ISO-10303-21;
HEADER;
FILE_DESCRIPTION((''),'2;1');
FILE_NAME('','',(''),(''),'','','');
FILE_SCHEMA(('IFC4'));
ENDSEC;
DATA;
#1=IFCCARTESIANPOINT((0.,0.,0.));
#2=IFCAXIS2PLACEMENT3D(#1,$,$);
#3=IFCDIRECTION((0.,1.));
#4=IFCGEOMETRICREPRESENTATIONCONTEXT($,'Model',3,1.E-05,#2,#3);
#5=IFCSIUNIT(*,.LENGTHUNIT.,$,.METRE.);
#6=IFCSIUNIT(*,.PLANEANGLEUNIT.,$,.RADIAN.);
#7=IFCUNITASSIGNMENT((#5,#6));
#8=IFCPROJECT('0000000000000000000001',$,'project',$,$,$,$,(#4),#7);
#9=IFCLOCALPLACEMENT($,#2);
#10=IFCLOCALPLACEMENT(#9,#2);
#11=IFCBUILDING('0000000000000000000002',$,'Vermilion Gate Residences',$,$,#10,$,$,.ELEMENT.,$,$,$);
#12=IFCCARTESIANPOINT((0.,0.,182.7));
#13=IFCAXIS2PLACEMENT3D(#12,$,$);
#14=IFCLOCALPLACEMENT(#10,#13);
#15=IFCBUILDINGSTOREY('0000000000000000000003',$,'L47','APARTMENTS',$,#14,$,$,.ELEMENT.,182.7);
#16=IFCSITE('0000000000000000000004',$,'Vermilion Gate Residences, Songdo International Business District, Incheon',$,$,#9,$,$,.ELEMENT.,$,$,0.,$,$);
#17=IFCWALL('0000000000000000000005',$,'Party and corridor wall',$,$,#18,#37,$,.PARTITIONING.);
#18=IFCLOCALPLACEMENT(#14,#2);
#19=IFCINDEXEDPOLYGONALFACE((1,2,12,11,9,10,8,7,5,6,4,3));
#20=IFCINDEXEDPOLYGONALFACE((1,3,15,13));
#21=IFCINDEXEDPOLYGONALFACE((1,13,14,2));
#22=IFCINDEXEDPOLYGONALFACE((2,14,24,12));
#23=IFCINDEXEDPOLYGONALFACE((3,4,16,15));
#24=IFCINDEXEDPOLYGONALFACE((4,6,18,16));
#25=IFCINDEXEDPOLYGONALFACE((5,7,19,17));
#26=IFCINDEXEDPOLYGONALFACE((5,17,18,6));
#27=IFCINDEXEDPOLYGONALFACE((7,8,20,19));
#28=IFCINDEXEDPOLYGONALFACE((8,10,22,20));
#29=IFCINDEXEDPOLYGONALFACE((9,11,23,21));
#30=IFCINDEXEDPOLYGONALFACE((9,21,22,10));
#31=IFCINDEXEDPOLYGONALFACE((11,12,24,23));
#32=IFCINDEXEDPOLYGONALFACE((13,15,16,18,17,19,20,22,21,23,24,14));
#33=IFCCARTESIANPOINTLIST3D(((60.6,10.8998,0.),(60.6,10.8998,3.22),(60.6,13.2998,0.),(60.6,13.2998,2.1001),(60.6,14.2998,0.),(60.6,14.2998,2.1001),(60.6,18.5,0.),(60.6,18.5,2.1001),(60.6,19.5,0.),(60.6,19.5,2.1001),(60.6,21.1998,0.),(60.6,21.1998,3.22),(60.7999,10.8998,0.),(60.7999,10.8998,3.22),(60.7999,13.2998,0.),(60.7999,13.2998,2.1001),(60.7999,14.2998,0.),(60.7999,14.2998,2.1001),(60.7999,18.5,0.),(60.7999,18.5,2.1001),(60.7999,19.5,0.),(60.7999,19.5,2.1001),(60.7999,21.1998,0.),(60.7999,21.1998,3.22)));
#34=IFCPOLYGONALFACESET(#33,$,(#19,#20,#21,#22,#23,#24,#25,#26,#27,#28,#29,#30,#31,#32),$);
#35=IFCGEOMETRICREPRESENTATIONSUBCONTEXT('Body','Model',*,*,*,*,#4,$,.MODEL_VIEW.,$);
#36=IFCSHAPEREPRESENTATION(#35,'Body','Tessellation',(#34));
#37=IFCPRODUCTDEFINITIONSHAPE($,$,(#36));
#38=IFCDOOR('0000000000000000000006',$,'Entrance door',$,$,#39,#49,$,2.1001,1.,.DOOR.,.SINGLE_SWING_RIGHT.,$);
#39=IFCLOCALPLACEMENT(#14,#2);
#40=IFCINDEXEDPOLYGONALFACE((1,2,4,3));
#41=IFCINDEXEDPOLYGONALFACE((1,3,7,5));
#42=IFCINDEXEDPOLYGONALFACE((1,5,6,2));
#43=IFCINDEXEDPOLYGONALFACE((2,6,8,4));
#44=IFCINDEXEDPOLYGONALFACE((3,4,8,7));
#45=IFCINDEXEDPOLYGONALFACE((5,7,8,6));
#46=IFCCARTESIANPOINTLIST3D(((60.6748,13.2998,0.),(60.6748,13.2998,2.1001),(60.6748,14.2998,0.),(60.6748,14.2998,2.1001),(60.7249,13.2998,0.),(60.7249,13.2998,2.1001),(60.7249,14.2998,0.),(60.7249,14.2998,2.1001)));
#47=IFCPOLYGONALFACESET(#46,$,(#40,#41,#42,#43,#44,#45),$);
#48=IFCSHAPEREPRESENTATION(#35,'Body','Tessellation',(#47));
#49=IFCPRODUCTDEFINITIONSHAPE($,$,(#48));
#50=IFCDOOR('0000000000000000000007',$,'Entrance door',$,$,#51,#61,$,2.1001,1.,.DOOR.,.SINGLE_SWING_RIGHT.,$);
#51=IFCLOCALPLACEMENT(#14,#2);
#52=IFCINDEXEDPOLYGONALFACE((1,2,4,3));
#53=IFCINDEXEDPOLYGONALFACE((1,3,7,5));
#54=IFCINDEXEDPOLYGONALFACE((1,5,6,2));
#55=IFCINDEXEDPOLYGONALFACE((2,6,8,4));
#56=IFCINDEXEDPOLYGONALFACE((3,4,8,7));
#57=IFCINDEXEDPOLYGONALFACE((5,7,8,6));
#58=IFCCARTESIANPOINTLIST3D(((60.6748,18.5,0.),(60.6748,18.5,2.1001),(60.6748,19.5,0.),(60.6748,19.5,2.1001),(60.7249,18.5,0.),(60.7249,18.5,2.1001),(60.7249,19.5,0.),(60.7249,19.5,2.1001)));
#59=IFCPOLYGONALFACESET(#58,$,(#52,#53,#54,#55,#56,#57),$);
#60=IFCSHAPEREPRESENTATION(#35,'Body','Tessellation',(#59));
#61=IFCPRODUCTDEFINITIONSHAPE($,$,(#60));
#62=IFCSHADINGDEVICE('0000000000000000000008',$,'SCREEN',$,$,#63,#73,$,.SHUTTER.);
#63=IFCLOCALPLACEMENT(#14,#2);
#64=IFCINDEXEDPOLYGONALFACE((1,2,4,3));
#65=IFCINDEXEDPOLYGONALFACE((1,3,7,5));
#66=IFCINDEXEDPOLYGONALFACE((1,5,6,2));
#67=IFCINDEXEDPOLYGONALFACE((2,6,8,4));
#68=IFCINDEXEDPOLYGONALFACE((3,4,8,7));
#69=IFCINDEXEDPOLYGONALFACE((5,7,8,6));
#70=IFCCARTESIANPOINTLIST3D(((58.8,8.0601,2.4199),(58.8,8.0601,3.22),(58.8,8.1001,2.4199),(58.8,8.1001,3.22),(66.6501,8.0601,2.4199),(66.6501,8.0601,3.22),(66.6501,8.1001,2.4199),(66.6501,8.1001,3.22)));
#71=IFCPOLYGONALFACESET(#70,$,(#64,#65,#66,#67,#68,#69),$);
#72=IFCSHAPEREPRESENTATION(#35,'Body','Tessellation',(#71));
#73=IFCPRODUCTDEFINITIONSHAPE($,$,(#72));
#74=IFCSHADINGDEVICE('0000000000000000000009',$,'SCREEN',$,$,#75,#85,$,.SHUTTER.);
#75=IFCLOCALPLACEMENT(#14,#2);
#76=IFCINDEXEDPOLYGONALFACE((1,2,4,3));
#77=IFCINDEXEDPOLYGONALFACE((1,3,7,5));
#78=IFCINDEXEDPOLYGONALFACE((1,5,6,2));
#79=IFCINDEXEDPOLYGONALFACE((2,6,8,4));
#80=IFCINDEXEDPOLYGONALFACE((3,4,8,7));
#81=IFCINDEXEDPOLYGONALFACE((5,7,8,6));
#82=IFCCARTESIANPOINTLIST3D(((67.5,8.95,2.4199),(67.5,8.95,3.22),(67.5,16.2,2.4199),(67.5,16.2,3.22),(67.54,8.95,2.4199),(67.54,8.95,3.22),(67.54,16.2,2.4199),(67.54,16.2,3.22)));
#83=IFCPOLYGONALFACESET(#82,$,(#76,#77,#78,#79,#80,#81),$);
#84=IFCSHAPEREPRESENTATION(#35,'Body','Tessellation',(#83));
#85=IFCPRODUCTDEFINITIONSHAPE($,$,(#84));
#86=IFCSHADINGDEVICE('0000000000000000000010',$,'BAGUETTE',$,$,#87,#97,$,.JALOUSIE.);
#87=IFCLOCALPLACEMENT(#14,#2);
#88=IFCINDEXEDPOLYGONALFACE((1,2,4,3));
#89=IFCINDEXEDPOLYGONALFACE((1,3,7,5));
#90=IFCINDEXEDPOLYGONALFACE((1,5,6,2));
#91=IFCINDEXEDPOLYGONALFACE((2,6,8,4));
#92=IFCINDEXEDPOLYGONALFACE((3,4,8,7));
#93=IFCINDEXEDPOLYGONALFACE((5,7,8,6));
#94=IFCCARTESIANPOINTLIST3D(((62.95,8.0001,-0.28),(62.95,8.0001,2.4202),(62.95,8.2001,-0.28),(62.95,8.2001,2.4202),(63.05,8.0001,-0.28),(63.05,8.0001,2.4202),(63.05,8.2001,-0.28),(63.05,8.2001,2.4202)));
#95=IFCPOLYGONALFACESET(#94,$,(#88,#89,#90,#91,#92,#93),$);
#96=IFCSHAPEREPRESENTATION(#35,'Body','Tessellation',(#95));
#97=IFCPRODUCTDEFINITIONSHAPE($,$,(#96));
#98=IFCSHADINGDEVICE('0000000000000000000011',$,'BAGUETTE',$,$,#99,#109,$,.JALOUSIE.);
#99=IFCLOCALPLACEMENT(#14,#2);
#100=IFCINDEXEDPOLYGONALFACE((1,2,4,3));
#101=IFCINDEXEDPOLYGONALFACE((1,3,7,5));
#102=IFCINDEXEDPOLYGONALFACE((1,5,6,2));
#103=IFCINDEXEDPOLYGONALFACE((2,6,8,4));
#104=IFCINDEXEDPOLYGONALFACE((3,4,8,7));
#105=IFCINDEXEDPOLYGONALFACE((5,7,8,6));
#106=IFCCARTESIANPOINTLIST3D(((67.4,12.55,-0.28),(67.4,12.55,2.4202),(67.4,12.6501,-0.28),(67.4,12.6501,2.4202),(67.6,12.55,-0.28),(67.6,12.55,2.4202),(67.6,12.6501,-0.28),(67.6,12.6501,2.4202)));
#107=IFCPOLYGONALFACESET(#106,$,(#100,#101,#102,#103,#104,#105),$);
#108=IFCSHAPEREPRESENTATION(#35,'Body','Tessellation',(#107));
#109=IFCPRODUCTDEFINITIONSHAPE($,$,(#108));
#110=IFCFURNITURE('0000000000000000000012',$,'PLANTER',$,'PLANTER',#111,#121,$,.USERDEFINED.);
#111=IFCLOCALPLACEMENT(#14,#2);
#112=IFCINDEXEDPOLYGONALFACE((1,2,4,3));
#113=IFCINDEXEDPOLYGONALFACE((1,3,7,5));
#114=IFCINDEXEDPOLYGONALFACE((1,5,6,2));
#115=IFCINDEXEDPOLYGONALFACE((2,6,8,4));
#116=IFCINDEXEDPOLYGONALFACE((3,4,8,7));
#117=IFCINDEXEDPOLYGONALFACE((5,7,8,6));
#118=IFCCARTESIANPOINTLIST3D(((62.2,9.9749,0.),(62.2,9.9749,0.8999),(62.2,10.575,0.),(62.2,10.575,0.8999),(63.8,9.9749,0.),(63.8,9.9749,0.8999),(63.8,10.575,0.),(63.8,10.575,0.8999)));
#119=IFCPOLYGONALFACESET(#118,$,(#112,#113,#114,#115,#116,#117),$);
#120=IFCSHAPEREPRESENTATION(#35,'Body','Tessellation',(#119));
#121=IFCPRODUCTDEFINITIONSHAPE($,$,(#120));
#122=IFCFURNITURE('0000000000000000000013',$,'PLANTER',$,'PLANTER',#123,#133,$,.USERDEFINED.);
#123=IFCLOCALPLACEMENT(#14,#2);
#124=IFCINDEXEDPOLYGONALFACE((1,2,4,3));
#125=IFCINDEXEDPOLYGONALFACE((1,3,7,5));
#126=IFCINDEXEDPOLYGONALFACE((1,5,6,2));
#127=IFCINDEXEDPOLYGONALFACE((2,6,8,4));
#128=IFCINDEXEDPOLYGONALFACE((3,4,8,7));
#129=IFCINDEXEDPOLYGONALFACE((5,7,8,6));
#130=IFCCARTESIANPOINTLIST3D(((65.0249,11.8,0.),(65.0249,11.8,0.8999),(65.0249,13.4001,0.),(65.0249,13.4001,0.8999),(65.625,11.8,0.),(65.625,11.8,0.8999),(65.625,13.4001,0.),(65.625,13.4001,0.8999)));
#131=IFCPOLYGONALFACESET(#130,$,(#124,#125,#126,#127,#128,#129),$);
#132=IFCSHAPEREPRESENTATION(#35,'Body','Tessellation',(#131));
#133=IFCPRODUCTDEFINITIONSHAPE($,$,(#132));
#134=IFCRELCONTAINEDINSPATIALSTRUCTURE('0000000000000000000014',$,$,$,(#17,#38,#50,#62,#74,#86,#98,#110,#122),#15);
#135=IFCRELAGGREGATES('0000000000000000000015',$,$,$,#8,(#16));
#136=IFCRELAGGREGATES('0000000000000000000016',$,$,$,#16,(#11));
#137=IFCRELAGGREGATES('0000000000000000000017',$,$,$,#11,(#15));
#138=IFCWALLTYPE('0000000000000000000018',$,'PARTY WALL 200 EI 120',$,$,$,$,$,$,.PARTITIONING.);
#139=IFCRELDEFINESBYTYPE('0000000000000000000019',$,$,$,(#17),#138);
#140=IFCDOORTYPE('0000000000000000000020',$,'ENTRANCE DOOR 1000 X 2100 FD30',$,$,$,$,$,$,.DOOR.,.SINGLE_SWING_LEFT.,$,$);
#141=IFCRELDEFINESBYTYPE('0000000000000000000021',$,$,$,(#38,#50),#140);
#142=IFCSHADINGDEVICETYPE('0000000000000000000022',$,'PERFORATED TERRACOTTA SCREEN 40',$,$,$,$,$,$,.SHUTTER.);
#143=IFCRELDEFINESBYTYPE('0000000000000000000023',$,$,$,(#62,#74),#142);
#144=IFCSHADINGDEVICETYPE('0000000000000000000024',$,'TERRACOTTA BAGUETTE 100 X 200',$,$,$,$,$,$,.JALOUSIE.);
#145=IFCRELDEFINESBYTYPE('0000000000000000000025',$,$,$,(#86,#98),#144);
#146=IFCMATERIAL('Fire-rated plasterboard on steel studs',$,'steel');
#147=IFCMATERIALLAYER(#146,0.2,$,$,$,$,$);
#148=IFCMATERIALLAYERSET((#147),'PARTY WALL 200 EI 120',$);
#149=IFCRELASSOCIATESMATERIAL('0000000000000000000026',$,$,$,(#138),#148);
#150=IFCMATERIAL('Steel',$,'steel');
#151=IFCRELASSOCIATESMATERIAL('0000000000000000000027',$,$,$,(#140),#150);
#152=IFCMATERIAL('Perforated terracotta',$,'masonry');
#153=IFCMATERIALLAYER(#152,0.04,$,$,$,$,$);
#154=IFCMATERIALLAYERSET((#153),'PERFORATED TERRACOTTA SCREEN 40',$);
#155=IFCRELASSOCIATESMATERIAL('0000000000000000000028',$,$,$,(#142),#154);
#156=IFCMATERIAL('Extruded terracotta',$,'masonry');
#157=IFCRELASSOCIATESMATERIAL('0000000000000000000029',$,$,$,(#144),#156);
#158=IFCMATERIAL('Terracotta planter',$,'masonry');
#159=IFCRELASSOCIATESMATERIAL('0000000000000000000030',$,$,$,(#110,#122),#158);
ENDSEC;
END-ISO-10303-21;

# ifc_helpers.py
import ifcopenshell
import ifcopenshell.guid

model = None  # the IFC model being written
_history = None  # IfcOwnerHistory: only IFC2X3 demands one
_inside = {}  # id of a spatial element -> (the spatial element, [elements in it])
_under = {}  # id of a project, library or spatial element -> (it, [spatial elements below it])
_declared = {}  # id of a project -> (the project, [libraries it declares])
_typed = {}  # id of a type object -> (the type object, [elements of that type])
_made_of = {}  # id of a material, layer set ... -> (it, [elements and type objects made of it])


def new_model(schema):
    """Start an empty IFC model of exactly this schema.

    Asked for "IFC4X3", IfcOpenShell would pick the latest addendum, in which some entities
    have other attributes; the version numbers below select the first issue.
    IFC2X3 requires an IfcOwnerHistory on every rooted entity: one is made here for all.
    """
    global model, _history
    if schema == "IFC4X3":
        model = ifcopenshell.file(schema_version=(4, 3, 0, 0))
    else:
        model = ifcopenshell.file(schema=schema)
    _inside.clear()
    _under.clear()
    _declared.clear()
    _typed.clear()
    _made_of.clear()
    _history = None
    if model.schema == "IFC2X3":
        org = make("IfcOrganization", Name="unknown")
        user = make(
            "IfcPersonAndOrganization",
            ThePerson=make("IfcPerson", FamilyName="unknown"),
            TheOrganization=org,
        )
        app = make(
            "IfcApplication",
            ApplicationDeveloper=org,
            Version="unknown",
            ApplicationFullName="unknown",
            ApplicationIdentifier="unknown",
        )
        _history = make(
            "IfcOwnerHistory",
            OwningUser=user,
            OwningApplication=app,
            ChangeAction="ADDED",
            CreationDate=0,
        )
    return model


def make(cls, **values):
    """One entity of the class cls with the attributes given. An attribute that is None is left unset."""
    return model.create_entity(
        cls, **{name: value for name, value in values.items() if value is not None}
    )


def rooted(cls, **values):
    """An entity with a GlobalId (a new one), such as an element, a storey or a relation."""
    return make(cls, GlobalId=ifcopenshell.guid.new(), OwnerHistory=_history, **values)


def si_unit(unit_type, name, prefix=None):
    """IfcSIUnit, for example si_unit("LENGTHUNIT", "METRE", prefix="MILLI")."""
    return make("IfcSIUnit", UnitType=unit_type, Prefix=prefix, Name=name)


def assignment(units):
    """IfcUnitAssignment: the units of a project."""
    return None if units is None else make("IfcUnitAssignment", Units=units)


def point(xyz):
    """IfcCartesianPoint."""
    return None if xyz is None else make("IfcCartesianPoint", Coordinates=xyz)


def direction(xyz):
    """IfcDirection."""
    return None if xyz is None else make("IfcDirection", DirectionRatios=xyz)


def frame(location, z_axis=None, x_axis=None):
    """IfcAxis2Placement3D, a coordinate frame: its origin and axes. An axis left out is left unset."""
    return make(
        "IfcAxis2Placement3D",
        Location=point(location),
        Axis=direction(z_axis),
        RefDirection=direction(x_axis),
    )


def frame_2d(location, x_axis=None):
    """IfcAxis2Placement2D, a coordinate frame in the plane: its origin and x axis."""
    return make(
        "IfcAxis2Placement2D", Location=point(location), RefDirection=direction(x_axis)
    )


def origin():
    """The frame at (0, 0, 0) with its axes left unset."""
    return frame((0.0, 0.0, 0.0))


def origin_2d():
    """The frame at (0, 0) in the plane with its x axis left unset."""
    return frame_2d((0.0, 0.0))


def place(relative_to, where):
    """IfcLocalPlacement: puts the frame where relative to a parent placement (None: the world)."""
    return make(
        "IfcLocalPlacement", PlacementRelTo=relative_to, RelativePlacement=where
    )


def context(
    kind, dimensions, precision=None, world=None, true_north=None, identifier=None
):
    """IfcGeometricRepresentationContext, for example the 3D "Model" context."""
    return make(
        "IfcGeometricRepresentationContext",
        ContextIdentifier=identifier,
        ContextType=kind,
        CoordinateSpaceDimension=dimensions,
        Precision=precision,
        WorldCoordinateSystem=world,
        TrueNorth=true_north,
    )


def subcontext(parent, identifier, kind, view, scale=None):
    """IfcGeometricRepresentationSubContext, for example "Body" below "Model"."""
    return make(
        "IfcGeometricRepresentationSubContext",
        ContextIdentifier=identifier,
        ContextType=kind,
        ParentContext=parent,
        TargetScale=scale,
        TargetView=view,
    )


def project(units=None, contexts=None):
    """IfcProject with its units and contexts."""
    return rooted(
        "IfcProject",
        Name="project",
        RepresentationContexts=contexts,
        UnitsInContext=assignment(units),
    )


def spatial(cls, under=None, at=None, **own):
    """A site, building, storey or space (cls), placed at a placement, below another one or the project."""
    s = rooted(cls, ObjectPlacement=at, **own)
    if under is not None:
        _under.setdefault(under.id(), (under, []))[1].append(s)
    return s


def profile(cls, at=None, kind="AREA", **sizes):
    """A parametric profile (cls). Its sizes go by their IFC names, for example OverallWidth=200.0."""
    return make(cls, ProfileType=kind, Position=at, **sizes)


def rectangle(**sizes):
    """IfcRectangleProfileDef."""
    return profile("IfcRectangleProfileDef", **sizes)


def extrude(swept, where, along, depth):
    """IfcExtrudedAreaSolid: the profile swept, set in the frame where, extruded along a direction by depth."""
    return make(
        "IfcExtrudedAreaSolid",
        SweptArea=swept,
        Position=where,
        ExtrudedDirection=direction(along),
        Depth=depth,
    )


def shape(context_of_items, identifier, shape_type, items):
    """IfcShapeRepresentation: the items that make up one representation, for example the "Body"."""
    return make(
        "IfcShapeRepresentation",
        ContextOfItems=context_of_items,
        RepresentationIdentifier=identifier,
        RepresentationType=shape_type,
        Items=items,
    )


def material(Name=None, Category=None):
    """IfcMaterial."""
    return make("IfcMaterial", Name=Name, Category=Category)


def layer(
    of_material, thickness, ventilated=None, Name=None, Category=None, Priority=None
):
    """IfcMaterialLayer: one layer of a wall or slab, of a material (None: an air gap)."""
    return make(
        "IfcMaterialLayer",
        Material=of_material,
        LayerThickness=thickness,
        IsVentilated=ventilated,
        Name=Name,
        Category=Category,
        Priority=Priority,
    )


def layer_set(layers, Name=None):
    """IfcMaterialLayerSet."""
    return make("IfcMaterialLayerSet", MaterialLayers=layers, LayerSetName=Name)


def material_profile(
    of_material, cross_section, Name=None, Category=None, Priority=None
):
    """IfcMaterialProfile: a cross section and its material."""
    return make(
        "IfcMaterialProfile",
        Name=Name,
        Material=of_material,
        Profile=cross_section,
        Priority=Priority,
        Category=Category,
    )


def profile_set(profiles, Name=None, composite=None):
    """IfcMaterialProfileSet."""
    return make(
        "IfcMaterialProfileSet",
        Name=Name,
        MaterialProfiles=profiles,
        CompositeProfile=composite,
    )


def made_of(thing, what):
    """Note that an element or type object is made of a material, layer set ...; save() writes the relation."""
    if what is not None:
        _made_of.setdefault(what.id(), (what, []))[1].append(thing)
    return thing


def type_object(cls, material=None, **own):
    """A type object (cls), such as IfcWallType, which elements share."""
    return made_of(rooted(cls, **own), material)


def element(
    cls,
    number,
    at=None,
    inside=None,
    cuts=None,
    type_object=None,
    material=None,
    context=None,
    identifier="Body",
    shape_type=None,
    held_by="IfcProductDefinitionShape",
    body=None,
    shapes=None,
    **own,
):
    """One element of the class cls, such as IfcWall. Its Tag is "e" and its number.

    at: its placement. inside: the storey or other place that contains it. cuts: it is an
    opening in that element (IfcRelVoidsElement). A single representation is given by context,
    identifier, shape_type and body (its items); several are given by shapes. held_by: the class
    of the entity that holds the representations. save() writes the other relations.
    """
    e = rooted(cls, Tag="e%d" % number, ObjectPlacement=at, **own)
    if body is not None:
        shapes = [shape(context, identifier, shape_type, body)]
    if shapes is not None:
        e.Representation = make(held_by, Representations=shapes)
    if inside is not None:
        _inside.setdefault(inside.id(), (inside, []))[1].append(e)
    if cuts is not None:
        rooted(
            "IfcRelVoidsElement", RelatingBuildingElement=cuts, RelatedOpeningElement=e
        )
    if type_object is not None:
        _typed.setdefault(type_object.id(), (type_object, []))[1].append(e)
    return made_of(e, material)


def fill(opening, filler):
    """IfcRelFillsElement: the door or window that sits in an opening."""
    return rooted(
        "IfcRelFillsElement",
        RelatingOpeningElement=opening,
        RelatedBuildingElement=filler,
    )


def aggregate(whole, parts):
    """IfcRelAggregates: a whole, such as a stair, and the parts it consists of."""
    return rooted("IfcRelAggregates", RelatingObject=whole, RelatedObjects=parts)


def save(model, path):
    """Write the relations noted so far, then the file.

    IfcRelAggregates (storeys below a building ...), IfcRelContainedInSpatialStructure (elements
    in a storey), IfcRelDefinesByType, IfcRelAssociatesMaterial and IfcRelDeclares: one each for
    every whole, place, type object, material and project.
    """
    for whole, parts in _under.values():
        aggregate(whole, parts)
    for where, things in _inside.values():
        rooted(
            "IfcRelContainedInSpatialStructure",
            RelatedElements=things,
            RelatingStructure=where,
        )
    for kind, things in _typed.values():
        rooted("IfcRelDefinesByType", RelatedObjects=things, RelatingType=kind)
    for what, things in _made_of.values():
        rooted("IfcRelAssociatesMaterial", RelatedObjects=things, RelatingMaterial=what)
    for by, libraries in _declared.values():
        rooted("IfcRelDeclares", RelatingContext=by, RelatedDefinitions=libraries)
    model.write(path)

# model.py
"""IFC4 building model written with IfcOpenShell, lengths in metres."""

from ifc_helpers import new_model, si_unit, direction, frame, frame_2d, origin, origin_2d, place, context, subcontext, project, spatial, rectangle, extrude, material, layer, layer_set, material_profile, profile_set, type_object, element, fill, save


model = new_model("IFC4")

# Units and contexts
model_context = context("Model", 3, precision=1e-05, world=origin(), true_north=direction((0.0, 1.0)))
body_context = subcontext(model_context, "Body", "Model", "MODEL_VIEW")
ifc_project = project(units=[si_unit("LENGTHUNIT", "METRE"), si_unit("PLANEANGLEUNIT", "RADIAN")], contexts=[model_context])

# Site, building, storey
site_placement = place(None, origin())
site = spatial("IfcSite", under=ifc_project, at=site_placement, Name="Vermilion Gate Residences, Songdo International Business District, Incheon", CompositionType="ELEMENT", RefElevation=0.0)
building_placement = place(site_placement, origin())
building = spatial("IfcBuilding", under=site, at=building_placement, Name="Vermilion Gate Residences", CompositionType="ELEMENT")
storey_placement = place(building_placement, frame((0.0, 0.0, 182.7)))
storey = spatial("IfcBuildingStorey", under=building, at=storey_placement, Name="L47", Description="APARTMENTS", CompositionType="ELEMENT", Elevation=182.7)

# Shared definitions
ifc_material_1 = material(Name="Fire-rated plasterboard on steel studs", Category="steel")
ifc_layer_1 = layer(ifc_material_1, 0.2)
ifc_layer_set_1 = layer_set([ifc_layer_1], Name="PARTY WALL 200 EI 120")
wall_type_1 = type_object("IfcWallType", Name="PARTY WALL 200 EI 120", PredefinedType="PARTITIONING", material=ifc_layer_set_1)

# Wall, openings, doors
wall_1_placement = place(storey_placement, frame((60.7, 10.8999, 0.0), z_axis=(0.0, 0.0, 1.0), x_axis=(0.0, 1.0, 0.0)))
wall_1 = element("IfcWall", 1, at=wall_1_placement, inside=storey, type_object=wall_type_1, Name="Party and corridor wall", PredefinedType="PARTITIONING", context=body_context, shape_type="SweptSolid", body=[
    extrude(rectangle(XDim=10.3, YDim=0.2, at=frame_2d((5.1499, 0.0))), origin(), (0.0, 0.0, 1.0), 3.22),
])
opening_1_placement = place(wall_1_placement, frame((2.3999, 0.0, 0.0)))
opening_1 = element("IfcOpeningElement", 2, at=opening_1_placement, cuts=wall_1, PredefinedType="OPENING", context=body_context, shape_type="SweptSolid", body=[
    extrude(rectangle(XDim=1.0, YDim=2.1001, at=frame_2d((0.5, 1.05))), frame((0.0, 0.1099, 0.0), z_axis=(0.0, -1.0, 0.0), x_axis=(1.0, 0.0, 0.0)), (0.0, 0.0, 1.0), 0.22),
])
opening_2_placement = place(wall_1_placement, frame((7.6001, 0.0, 0.0)))
opening_2 = element("IfcOpeningElement", 3, at=opening_2_placement, cuts=wall_1, PredefinedType="OPENING", context=body_context, shape_type="SweptSolid", body=[
    extrude(rectangle(XDim=1.0, YDim=2.1001, at=frame_2d((0.5, 1.05))), frame((0.0, 0.1099, 0.0), z_axis=(0.0, -1.0, 0.0), x_axis=(1.0, 0.0, 0.0)), (0.0, 0.0, 1.0), 0.22),
])
ifc_material_2 = material(Name="Steel", Category="steel")
door_type_1 = type_object("IfcDoorType", Name="ENTRANCE DOOR 1000 X 2100 FD30", OperationType="SINGLE_SWING_LEFT", PredefinedType="DOOR", material=ifc_material_2)
door_1_placement = place(opening_1_placement, frame((1.0, 0.0, 0.0), z_axis=(0.0, 0.0, 1.0), x_axis=(-1.0, 0.0, 0.0)))
door_1 = element("IfcDoor", 4, at=door_1_placement, inside=storey, type_object=door_type_1, Name="Entrance door", OperationType="SINGLE_SWING_RIGHT", OverallHeight=2.1001, OverallWidth=1.0, PredefinedType="DOOR", context=body_context, shape_type="SweptSolid", body=[
    extrude(rectangle(XDim=1.0, YDim=2.1001, at=frame_2d((0.5, 1.05))), frame((0.0, 0.0249, 0.0), z_axis=(0.0, -1.0, 0.0), x_axis=(1.0, 0.0, 0.0)), (0.0, 0.0, 1.0), 0.05),
])
fill(opening_1, door_1)
door_2_placement = place(opening_2_placement, frame((1.0, 0.0, 0.0), z_axis=(0.0, 0.0, 1.0), x_axis=(-1.0, 0.0, 0.0)))
door_2 = element("IfcDoor", 5, at=door_2_placement, inside=storey, type_object=door_type_1, Name="Entrance door", OperationType="SINGLE_SWING_RIGHT", OverallHeight=2.1001, OverallWidth=1.0, PredefinedType="DOOR", context=body_context, shape_type="SweptSolid", body=[
    extrude(rectangle(XDim=1.0, YDim=2.1001, at=frame_2d((0.5, 1.05))), frame((0.0, 0.0249, 0.0), z_axis=(0.0, -1.0, 0.0), x_axis=(1.0, 0.0, 0.0)), (0.0, 0.0, 1.0), 0.05),
])
fill(opening_2, door_2)

# Shading devices
ifc_material_3 = material(Name="Perforated terracotta", Category="masonry")
ifc_layer_2 = layer(ifc_material_3, 0.04)
ifc_layer_set_2 = layer_set([ifc_layer_2], Name="PERFORATED TERRACOTTA SCREEN 40")
shading_device_type_1 = type_object("IfcShadingDeviceType", Name="PERFORATED TERRACOTTA SCREEN 40", PredefinedType="SHUTTER", material=ifc_layer_set_2)
shading_device_1_placement = place(storey_placement, frame((62.7251, 8.0801, 2.4199), z_axis=(0.0, 0.0, 1.0), x_axis=(1.0, 0.0, 0.0)))
element("IfcShadingDevice", 6, at=shading_device_1_placement, inside=storey, type_object=shading_device_type_1, Name="SCREEN", PredefinedType="SHUTTER", context=body_context, shape_type="SweptSolid", body=[
    extrude(rectangle(XDim=7.8501, YDim=0.04, at=origin_2d()), origin(), (0.0, 0.0, 1.0), 0.8),
])
shading_device_2_placement = place(storey_placement, frame((67.52, 12.575, 2.4199), z_axis=(0.0, 0.0, 1.0), x_axis=(0.0, 1.0, 0.0)))
element("IfcShadingDevice", 7, at=shading_device_2_placement, inside=storey, type_object=shading_device_type_1, Name="SCREEN", PredefinedType="SHUTTER", context=body_context, shape_type="SweptSolid", body=[
    extrude(rectangle(XDim=7.25, YDim=0.04, at=origin_2d()), origin(), (0.0, 0.0, 1.0), 0.8),
])
ifc_material_4 = material(Name="Extruded terracotta", Category="masonry")
ifc_material_profile_1 = material_profile(ifc_material_4, rectangle(XDim=0.2, YDim=0.1001, at=origin_2d()), Name="BAGUETTE 100 X 200")
ifc_profile_set_1 = profile_set([ifc_material_profile_1], Name="Extruded terracotta")
shading_device_type_2 = type_object("IfcShadingDeviceType", Name="TERRACOTTA BAGUETTE 100 X 200", PredefinedType="JALOUSIE", material=ifc_profile_set_1)
for number, where, z_axis, x_axis, name in (
    (8, (63.0, 8.1001, -0.28), (0.0, 0.0, 1.0), (0.0, 1.0, 0.0), "BAGUETTE"),
    (9, (67.5, 12.6001, -0.28), (0.0, 0.0, 1.0), (-1.0, 0.0, 0.0), "BAGUETTE"),
):
    element("IfcShadingDevice", number, at=place(storey_placement, frame(where, z_axis=z_axis, x_axis=x_axis)), inside=storey, type_object=shading_device_type_2, Name=name, PredefinedType="JALOUSIE", context=body_context, shape_type="SweptSolid", body=[
        extrude(rectangle(XDim=0.2, YDim=0.1001, at=origin_2d()), origin(), (0.0, 0.0, 1.0), 2.7002),
    ])

# Furniture
ifc_material_5 = material(Name="Terracotta planter", Category="masonry")
for number, where, z_axis, x_axis, name in (
    (10, (63.0, 10.2749, 0.0), (0.0, 0.0, 1.0), (1.0, 0.0, 0.0), "PLANTER"),
    (11, (65.325, 12.6001, 0.0), (0.0, 0.0, 1.0), (0.0, 1.0, 0.0), "PLANTER"),
):
    element("IfcFurniture", number, at=place(storey_placement, frame(where, z_axis=z_axis, x_axis=x_axis)), inside=storey, material=ifc_material_5, Name=name, ObjectType="PLANTER", PredefinedType="USERDEFINED", context=body_context, shape_type="SweptSolid", body=[
        extrude(rectangle(XDim=1.6001, YDim=0.6001, at=origin_2d()), origin(), (0.0, 0.0, 1.0), 0.8999),
    ])

save(model, "model.ifc")
